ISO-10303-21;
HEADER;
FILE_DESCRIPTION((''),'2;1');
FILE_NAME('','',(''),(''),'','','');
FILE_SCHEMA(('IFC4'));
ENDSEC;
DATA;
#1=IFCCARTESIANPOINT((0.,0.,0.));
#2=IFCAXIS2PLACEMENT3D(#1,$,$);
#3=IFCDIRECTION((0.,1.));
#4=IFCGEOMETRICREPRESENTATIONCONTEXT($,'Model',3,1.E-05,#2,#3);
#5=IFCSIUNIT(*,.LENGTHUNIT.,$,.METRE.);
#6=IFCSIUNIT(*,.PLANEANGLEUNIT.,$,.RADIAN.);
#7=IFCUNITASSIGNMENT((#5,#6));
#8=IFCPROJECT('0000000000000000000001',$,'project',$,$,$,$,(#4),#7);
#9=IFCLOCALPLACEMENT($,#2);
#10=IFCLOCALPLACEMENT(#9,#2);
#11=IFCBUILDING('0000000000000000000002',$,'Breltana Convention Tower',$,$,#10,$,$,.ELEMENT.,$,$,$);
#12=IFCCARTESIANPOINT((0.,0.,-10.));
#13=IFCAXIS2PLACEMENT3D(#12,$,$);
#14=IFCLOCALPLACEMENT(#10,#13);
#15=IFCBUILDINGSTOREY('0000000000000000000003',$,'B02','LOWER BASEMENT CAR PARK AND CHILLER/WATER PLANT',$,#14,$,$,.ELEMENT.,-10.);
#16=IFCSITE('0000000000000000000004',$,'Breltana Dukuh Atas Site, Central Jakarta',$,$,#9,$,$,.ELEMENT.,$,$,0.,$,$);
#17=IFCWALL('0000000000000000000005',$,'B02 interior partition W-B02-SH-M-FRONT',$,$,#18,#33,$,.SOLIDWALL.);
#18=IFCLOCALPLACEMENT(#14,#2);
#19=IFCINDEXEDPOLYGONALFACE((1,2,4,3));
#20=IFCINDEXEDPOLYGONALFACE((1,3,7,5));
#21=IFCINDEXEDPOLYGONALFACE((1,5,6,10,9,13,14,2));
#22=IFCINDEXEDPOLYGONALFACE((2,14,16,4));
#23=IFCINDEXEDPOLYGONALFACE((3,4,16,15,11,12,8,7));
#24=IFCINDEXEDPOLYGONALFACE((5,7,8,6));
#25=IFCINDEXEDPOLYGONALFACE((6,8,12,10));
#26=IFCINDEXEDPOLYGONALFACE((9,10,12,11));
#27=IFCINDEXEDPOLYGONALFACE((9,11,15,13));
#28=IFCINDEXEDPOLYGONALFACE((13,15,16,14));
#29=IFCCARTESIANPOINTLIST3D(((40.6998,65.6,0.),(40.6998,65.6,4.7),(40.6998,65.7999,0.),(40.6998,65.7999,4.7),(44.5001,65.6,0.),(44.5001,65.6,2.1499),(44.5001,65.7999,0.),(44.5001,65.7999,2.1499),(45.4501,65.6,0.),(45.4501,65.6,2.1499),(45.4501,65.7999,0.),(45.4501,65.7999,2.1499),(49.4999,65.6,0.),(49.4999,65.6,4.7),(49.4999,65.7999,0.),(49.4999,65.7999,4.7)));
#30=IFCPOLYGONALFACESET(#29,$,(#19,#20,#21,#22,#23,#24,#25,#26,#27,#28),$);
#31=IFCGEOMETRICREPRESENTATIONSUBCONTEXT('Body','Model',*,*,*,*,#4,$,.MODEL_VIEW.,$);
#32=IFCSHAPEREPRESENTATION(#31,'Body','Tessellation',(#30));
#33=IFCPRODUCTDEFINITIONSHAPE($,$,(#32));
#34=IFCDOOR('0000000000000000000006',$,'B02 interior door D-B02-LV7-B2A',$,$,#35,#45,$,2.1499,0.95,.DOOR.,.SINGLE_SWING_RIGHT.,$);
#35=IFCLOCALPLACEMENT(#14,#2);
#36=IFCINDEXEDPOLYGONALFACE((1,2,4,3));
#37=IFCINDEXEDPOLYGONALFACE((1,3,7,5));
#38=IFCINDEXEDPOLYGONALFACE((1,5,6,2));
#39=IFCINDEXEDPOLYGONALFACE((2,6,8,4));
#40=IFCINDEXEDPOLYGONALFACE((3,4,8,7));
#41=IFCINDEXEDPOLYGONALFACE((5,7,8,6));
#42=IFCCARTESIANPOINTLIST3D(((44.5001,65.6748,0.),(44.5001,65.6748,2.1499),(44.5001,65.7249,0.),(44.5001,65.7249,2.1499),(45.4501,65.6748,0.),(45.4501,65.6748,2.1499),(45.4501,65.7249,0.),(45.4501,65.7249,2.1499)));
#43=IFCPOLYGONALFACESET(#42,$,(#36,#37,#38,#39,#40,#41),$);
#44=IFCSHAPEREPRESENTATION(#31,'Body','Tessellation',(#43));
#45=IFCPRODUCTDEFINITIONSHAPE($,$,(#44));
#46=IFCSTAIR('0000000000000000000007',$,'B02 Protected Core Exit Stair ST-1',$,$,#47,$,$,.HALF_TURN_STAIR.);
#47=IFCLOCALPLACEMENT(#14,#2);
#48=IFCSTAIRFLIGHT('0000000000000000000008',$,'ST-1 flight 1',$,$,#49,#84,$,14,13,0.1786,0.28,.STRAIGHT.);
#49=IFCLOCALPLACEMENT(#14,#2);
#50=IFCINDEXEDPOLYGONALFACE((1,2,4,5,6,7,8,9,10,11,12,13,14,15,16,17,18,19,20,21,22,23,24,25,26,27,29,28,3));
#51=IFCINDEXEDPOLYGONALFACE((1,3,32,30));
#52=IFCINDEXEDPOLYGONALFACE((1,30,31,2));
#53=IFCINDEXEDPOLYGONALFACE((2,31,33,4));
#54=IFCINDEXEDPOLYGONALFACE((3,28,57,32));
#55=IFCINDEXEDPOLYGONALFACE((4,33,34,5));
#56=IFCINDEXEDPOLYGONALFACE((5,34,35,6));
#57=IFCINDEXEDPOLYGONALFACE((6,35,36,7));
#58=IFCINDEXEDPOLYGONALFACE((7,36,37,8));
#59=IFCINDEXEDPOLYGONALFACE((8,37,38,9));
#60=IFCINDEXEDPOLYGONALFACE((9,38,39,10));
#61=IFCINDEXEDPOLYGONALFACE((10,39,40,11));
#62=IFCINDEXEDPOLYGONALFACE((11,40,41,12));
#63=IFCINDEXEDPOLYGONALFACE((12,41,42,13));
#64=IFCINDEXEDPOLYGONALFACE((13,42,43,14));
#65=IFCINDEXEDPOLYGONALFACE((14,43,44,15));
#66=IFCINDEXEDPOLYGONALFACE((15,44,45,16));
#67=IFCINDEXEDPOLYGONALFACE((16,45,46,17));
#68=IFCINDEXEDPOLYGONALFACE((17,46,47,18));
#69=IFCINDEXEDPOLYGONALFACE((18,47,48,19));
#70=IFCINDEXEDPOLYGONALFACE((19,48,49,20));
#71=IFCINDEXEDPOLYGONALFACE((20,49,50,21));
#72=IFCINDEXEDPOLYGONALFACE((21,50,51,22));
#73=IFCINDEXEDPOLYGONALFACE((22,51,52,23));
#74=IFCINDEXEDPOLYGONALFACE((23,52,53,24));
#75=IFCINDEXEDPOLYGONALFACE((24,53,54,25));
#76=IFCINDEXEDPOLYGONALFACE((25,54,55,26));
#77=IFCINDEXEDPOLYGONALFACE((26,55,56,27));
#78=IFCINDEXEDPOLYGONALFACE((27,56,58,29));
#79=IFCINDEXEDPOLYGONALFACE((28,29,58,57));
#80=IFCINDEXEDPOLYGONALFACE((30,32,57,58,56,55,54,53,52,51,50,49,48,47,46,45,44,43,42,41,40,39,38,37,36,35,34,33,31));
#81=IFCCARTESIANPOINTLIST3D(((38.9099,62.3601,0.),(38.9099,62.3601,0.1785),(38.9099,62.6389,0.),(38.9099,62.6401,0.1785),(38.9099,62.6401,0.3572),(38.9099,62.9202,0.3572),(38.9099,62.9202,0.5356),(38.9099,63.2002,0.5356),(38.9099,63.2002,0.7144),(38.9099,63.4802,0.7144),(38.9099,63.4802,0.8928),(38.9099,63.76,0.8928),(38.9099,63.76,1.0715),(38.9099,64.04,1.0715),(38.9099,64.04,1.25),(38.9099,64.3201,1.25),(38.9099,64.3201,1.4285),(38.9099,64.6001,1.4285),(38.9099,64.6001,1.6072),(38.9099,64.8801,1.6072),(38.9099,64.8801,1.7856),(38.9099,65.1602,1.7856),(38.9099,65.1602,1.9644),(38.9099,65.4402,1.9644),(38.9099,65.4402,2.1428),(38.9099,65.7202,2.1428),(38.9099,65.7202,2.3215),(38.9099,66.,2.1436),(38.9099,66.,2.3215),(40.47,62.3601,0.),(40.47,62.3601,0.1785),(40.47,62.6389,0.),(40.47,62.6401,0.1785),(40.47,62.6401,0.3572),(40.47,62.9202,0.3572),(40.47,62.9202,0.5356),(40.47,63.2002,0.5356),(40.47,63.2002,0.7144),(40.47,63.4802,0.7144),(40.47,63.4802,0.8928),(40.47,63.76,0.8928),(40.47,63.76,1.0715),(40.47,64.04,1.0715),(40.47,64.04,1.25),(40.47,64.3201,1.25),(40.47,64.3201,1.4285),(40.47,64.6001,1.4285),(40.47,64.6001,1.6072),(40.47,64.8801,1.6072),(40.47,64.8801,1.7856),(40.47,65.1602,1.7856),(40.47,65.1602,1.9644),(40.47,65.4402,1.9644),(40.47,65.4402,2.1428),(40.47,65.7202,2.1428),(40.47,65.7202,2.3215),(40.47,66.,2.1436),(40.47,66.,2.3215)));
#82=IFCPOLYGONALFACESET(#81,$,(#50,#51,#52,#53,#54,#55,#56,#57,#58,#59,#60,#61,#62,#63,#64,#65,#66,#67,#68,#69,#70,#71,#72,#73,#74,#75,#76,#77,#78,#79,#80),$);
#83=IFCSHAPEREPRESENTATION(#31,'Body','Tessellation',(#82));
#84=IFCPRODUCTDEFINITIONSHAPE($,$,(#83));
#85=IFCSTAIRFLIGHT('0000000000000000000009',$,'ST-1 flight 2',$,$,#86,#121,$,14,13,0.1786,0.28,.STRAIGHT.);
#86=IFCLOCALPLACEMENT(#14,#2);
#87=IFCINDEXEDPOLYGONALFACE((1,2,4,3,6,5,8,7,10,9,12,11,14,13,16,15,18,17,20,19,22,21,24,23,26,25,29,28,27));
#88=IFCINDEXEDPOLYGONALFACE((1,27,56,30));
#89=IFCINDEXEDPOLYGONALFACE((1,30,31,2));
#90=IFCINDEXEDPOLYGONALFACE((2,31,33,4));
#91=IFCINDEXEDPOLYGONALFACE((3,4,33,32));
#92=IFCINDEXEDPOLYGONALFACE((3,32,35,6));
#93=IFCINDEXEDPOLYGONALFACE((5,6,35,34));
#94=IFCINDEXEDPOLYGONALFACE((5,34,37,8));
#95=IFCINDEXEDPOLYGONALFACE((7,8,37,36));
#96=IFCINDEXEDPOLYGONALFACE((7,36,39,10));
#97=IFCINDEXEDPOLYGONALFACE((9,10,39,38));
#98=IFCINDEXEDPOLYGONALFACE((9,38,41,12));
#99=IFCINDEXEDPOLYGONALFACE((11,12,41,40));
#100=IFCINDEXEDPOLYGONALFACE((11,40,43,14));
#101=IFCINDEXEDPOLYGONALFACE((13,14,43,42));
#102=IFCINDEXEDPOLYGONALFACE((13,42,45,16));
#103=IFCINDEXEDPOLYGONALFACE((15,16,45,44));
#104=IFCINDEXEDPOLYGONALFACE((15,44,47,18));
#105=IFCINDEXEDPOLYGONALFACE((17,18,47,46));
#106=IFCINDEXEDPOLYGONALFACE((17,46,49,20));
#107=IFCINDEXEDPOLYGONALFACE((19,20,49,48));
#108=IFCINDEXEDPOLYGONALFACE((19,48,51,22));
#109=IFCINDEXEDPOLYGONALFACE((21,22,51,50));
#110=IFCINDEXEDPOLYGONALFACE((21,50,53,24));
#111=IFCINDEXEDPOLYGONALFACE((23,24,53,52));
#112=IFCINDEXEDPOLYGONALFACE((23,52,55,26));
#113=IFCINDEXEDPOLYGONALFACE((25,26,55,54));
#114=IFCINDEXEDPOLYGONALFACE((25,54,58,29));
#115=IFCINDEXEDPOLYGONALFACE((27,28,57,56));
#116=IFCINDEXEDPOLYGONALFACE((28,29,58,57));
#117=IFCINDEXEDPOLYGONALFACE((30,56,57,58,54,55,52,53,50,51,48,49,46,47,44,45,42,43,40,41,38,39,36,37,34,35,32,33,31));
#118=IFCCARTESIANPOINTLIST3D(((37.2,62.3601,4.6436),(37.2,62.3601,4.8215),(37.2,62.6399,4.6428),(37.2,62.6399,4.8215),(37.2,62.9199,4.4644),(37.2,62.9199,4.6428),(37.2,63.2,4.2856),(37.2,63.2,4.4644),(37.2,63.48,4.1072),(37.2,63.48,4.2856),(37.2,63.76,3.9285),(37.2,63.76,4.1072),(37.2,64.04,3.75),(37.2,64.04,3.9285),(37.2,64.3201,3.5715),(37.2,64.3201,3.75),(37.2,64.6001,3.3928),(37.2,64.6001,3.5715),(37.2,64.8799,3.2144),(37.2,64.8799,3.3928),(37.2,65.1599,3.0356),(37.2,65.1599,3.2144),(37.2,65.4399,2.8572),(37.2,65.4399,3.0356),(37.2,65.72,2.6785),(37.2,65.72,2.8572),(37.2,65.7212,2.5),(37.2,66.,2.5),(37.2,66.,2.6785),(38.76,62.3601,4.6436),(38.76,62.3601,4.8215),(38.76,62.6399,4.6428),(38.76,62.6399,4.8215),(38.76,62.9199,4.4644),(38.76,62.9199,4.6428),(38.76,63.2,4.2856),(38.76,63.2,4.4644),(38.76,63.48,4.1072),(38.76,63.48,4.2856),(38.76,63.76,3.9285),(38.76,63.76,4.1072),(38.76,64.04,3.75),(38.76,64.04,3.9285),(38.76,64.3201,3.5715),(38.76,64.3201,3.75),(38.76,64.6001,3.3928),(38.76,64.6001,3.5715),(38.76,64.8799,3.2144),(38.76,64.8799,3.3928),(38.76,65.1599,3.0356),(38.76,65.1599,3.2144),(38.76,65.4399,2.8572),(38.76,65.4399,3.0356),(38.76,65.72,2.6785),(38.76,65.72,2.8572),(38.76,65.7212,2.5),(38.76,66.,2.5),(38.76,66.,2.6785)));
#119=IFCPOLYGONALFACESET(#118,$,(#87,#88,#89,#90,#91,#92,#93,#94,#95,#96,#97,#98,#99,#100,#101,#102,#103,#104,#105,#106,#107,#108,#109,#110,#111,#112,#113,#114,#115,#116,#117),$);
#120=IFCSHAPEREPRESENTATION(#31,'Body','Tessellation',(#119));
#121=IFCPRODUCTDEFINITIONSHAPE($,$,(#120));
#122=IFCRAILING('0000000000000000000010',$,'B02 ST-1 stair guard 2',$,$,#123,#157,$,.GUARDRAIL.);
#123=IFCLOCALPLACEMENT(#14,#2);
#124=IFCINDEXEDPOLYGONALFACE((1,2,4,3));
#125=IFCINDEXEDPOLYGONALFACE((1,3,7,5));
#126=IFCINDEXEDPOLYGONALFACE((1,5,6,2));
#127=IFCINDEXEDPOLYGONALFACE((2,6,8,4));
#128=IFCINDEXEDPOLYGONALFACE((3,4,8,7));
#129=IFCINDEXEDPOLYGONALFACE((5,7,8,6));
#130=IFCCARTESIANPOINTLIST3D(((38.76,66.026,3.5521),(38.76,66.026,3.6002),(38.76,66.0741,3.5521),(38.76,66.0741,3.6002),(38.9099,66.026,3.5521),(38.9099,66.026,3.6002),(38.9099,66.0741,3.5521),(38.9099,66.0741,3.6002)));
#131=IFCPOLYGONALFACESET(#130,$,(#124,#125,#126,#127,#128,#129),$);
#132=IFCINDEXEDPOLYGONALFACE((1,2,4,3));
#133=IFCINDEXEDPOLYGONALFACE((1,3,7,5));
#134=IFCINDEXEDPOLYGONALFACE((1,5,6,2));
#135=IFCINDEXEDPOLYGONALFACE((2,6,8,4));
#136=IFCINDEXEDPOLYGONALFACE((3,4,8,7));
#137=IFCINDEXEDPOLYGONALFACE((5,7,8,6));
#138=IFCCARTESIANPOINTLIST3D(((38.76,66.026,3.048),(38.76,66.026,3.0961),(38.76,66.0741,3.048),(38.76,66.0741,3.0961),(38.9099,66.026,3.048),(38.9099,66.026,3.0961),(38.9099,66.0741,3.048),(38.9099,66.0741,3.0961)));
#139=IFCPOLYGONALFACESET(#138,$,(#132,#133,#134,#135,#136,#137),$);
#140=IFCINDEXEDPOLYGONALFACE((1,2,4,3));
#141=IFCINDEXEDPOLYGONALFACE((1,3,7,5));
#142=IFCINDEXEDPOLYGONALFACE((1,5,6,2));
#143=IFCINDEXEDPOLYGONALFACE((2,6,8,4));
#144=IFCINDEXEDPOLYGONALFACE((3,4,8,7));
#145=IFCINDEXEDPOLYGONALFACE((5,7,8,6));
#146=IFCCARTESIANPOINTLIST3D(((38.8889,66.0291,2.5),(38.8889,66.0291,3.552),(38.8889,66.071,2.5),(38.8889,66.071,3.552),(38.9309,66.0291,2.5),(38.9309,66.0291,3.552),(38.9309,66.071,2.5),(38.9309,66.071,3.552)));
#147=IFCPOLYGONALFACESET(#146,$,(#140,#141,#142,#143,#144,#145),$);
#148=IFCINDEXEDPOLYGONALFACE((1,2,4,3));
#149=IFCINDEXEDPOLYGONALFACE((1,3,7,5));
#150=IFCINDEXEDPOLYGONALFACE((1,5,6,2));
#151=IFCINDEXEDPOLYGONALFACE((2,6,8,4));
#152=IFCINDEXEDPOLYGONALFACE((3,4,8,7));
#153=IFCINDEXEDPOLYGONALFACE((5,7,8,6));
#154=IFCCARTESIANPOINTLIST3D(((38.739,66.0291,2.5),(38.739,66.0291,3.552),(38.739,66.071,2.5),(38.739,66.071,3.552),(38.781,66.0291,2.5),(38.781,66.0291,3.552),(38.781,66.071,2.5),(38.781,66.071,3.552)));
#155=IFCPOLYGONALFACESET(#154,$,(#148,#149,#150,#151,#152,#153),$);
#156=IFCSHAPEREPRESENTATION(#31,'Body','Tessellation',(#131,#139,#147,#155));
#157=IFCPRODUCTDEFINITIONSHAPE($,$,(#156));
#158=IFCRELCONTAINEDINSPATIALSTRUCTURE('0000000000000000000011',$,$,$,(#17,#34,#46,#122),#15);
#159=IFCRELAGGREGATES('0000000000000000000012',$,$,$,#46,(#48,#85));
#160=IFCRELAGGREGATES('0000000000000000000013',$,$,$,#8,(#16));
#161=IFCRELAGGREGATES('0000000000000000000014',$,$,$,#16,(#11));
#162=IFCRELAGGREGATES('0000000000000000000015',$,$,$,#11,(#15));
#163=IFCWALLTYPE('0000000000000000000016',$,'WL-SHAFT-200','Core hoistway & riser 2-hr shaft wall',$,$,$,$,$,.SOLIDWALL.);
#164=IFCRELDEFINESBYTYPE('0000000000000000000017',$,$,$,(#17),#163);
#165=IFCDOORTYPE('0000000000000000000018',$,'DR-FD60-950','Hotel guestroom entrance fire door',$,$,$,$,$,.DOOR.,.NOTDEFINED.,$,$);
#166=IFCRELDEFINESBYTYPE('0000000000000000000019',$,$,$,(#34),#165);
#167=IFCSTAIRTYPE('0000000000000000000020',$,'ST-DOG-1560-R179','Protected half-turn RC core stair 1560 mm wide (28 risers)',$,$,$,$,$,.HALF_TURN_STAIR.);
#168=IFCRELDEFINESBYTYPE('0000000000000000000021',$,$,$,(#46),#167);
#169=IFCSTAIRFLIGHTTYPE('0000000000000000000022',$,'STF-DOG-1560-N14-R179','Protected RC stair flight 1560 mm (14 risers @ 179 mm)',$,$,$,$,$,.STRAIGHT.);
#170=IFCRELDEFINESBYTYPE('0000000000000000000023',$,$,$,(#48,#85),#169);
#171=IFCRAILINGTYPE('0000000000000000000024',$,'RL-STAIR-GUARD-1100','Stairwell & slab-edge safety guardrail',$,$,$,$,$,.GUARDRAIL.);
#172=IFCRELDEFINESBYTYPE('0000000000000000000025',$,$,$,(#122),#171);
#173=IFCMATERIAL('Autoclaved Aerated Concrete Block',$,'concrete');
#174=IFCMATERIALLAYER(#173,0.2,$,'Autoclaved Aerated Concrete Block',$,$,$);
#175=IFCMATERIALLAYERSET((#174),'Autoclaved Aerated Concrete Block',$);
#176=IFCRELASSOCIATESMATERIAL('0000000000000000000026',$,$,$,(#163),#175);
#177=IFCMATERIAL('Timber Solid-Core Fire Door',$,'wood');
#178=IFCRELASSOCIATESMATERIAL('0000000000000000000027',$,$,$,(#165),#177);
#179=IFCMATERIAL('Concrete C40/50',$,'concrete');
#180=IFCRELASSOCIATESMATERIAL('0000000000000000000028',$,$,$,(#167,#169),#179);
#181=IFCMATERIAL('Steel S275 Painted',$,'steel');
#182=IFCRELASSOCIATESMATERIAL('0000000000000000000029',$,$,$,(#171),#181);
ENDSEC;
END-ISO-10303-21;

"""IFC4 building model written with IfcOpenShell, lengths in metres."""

from ifc_helpers import new_model, si_unit, direction, frame, frame_2d, origin, origin_2d, place, context, subcontext, project, spatial, polyline, rectangle, outline, extrude, source, transform, mapped, material, layer, layer_set, type_object, type_shapes, element, fill, aggregate, save


model = new_model("IFC4")

# Units and contexts
model_context = context("Model", 3, precision=1e-05, world=origin(), true_north=direction((0.0, 1.0)))
body_context = subcontext(model_context, "Body", "Model", "MODEL_VIEW")
ifc_project = project(units=[si_unit("LENGTHUNIT", "METRE"), si_unit("PLANEANGLEUNIT", "RADIAN")], contexts=[model_context])

# Site, building, storey
site_placement = place(None, origin())
site = spatial("IfcSite", under=ifc_project, at=site_placement, Name="Breltana Dukuh Atas Site, Central Jakarta", CompositionType="ELEMENT", RefElevation=0.0)
building_placement = place(site_placement, origin())
building = spatial("IfcBuilding", under=site, at=building_placement, Name="Breltana Convention Tower", CompositionType="ELEMENT")
storey_placement = place(building_placement, frame((0.0, 0.0, -10.0)))
storey = spatial("IfcBuildingStorey", under=building, at=storey_placement, Name="B02", Description="LOWER BASEMENT CAR PARK AND CHILLER/WATER PLANT", CompositionType="ELEMENT", Elevation=-10.0)

# Shared definitions
ifc_material_1 = material(Name="Concrete C40/50", Category="concrete")

# Shared definitions
ifc_material_2 = material(Name="Autoclaved Aerated Concrete Block", Category="concrete")
ifc_layer_1 = layer(ifc_material_2, 0.2, Name="Autoclaved Aerated Concrete Block")
ifc_layer_set_1 = layer_set([ifc_layer_1], Name="Autoclaved Aerated Concrete Block")
wall_type_1 = type_object("IfcWallType", Name="WL-SHAFT-200", Description="Core hoistway & riser 2-hr shaft wall", PredefinedType="SOLIDWALL", material=ifc_layer_set_1)
shared_shape_1 = source(origin(), body_context, "Body", "SweptSolid", [
    extrude(rectangle(XDim=8.8, YDim=0.2, at=frame_2d((4.3999, 0.0))), origin(), (0.0, 0.0, 1.0), 4.7),
])

# Wall, opening, door
wall_1_placement = place(storey_placement, frame((40.7, 65.7, 0.0), z_axis=(0.0, 0.0, 1.0), x_axis=(1.0, 0.0, 0.0)))
wall_1 = element("IfcWall", 1, at=wall_1_placement, inside=storey, type_object=wall_type_1, Name="B02 interior partition W-B02-SH-M-FRONT", PredefinedType="SOLIDWALL", context=body_context, shape_type="MappedRepresentation", body=[
    mapped(shared_shape_1, transform((0.0, 0.0, 0.0), scale=1.0)),
])
opening_1_placement = place(wall_1_placement, frame((3.8, 0.0, 0.0)))
opening_1 = element("IfcOpeningElement", 2, at=opening_1_placement, cuts=wall_1, PredefinedType="OPENING", context=body_context, shape_type="SweptSolid", body=[
    extrude(rectangle(XDim=0.95, YDim=2.1499, at=frame_2d((0.4751, 1.075))), frame((0.0, 0.1099, 0.0), z_axis=(0.0, -1.0, 0.0), x_axis=(1.0, 0.0, 0.0)), (0.0, 0.0, 1.0), 0.22),
])
ifc_material_3 = material(Name="Timber Solid-Core Fire Door", Category="wood")
door_type_1 = type_object("IfcDoorType", Name="DR-FD60-950", Description="Hotel guestroom entrance fire door", OperationType="NOTDEFINED", PredefinedType="DOOR", material=ifc_material_3)
shared_shape_2 = source(origin(), body_context, "Body", "SweptSolid", [
    extrude(rectangle(XDim=0.95, YDim=2.1499, at=frame_2d((0.4751, 1.075))), frame((0.0, 0.0249, 0.0), z_axis=(0.0, -1.0, 0.0), x_axis=(1.0, 0.0, 0.0)), (0.0, 0.0, 1.0), 0.05),
])
type_shapes(door_type_1, [shared_shape_2])
door_1_placement = place(opening_1_placement, origin())
door_1 = element("IfcDoor", 3, at=door_1_placement, inside=storey, type_object=door_type_1, Name="B02 interior door D-B02-LV7-B2A", OperationType="SINGLE_SWING_RIGHT", OverallHeight=2.1499, OverallWidth=0.95, PredefinedType="DOOR", context=body_context, shape_type="MappedRepresentation", body=[
    mapped(shared_shape_2, transform((0.0, 0.0, 0.0), scale=1.0)),
])
fill(opening_1, door_1)

# Stair, stair flights
stair_type = type_object("IfcStairType", Name="ST-DOG-1560-R179", Description="Protected half-turn RC core stair 1560 mm wide (28 risers)", PredefinedType="HALF_TURN_STAIR", material=ifc_material_1)
stair_placement = place(storey_placement, origin())
stair = element("IfcStair", 4, at=stair_placement, inside=storey, type_object=stair_type, Name="B02 Protected Core Exit Stair ST-1", PredefinedType="HALF_TURN_STAIR")
stair_flight_type = type_object("IfcStairFlightType", Name="STF-DOG-1560-N14-R179", Description="Protected RC stair flight 1560 mm (14 risers @ 179 mm)", PredefinedType="STRAIGHT", material=ifc_material_1)
stair_flight_1_placement = place(storey_placement, frame((39.6899, 62.3601, 0.0), z_axis=(0.0, 0.0, 1.0), x_axis=(0.0, 1.0, 0.0)))
stair_flight_1 = element("IfcStairFlight", 5, at=stair_flight_1_placement, type_object=stair_flight_type, Name="ST-1 flight 1", NumberOfRisers=14, NumberOfTreads=13, PredefinedType="STRAIGHT", RiserHeight=0.1786, TreadLength=0.28, context=body_context, shape_type="SweptSolid", body=[
    extrude(outline(polyline([(0.0, 0.0), (0.0, 0.1785), (0.28, 0.1785), (0.28, 0.3572), (0.5601, 0.3572), (0.5601, 0.5356), (0.8401, 0.5356), (0.8401, 0.7144), (1.1201, 0.7144), (1.1201, 0.8928), (1.3999, 0.8928), (1.3999, 1.0715), (1.6799, 1.0715), (1.6799, 1.25), (1.96, 1.25), (1.96, 1.4285), (2.24, 1.4285), (2.24, 1.6072), (2.52, 1.6072), (2.52, 1.7856), (2.8, 1.7856), (2.8, 1.9644), (3.0801, 1.9644), (3.0801, 2.1428), (3.3601, 2.1428), (3.3601, 2.3215), (3.6399, 2.3215), (3.6399, 2.5), (3.6399, 2.1436), (0.2788, 0.0), (0.0, 0.0)])), frame((0.0, 0.78, 0.0), z_axis=(0.0, -1.0, 0.0), x_axis=(1.0, 0.0, 0.0)), (0.0, 0.0, 1.0), 1.5601),
])
stair_flight_2_placement = place(storey_placement, frame((37.98, 66.0, 2.5), z_axis=(0.0, 0.0, 1.0), x_axis=(0.0, -1.0, 0.0)))
stair_flight_2 = element("IfcStairFlight", 6, at=stair_flight_2_placement, type_object=stair_flight_type, Name="ST-1 flight 2", NumberOfRisers=14, NumberOfTreads=13, PredefinedType="STRAIGHT", RiserHeight=0.1786, TreadLength=0.28, context=body_context, shape_type="SweptSolid", body=[
    extrude(outline(polyline([(0.0, 0.0), (0.0, 0.1785), (0.28, 0.1785), (0.28, 0.3572), (0.5601, 0.3572), (0.5601, 0.5356), (0.8401, 0.5356), (0.8401, 0.7144), (1.1201, 0.7144), (1.1201, 0.8928), (1.3999, 0.8928), (1.3999, 1.0715), (1.6799, 1.0715), (1.6799, 1.25), (1.96, 1.25), (1.96, 1.4285), (2.24, 1.4285), (2.24, 1.6072), (2.52, 1.6072), (2.52, 1.7856), (2.8, 1.7856), (2.8, 1.9644), (3.0801, 1.9644), (3.0801, 2.1428), (3.3601, 2.1428), (3.3601, 2.3215), (3.6399, 2.3215), (3.6399, 2.5), (3.6399, 2.1436), (0.2788, 0.0), (0.0, 0.0)])), frame((0.0, 0.78, 0.0), z_axis=(0.0, -1.0, 0.0), x_axis=(1.0, 0.0, 0.0)), (0.0, 0.0, 1.0), 1.5601),
])
aggregate(stair, [stair_flight_1, stair_flight_2])

# Railing
ifc_material_4 = material(Name="Steel S275 Painted", Category="steel")
railing_type_1 = type_object("IfcRailingType", Name="RL-STAIR-GUARD-1100", Description="Stairwell & slab-edge safety guardrail", PredefinedType="GUARDRAIL", material=ifc_material_4)
railing_1_placement = place(storey_placement, frame((38.9099, 66.05, 2.5)))
element("IfcRailing", 7, at=railing_1_placement, inside=storey, type_object=railing_type_1, Name="B02 ST-1 stair guard 2", PredefinedType="GUARDRAIL", context=body_context, shape_type="SweptSolid", body=[
    extrude(rectangle(XDim=0.0481, YDim=0.0481, at=origin_2d()), frame((0.0, 0.0, 1.0762), z_axis=(-1.0, 0.0, 0.0), x_axis=(0.0, -1.0, 0.0)), (0.0, 0.0, 1.0), 0.1499),
    extrude(rectangle(XDim=0.0481, YDim=0.0481, at=origin_2d()), frame((0.0, 0.0, 0.572), z_axis=(-1.0, 0.0, 0.0), x_axis=(0.0, -1.0, 0.0)), (0.0, 0.0, 1.0), 0.1499),
    extrude(rectangle(XDim=0.042, YDim=0.042, at=origin_2d()), origin(), (0.0, 0.0, 1.0), 1.052),
    extrude(rectangle(XDim=0.042, YDim=0.042, at=origin_2d()), frame((-0.1499, 0.0, 0.0)), (0.0, 0.0, 1.0), 1.052),
])

save(model, "model.ifc")
